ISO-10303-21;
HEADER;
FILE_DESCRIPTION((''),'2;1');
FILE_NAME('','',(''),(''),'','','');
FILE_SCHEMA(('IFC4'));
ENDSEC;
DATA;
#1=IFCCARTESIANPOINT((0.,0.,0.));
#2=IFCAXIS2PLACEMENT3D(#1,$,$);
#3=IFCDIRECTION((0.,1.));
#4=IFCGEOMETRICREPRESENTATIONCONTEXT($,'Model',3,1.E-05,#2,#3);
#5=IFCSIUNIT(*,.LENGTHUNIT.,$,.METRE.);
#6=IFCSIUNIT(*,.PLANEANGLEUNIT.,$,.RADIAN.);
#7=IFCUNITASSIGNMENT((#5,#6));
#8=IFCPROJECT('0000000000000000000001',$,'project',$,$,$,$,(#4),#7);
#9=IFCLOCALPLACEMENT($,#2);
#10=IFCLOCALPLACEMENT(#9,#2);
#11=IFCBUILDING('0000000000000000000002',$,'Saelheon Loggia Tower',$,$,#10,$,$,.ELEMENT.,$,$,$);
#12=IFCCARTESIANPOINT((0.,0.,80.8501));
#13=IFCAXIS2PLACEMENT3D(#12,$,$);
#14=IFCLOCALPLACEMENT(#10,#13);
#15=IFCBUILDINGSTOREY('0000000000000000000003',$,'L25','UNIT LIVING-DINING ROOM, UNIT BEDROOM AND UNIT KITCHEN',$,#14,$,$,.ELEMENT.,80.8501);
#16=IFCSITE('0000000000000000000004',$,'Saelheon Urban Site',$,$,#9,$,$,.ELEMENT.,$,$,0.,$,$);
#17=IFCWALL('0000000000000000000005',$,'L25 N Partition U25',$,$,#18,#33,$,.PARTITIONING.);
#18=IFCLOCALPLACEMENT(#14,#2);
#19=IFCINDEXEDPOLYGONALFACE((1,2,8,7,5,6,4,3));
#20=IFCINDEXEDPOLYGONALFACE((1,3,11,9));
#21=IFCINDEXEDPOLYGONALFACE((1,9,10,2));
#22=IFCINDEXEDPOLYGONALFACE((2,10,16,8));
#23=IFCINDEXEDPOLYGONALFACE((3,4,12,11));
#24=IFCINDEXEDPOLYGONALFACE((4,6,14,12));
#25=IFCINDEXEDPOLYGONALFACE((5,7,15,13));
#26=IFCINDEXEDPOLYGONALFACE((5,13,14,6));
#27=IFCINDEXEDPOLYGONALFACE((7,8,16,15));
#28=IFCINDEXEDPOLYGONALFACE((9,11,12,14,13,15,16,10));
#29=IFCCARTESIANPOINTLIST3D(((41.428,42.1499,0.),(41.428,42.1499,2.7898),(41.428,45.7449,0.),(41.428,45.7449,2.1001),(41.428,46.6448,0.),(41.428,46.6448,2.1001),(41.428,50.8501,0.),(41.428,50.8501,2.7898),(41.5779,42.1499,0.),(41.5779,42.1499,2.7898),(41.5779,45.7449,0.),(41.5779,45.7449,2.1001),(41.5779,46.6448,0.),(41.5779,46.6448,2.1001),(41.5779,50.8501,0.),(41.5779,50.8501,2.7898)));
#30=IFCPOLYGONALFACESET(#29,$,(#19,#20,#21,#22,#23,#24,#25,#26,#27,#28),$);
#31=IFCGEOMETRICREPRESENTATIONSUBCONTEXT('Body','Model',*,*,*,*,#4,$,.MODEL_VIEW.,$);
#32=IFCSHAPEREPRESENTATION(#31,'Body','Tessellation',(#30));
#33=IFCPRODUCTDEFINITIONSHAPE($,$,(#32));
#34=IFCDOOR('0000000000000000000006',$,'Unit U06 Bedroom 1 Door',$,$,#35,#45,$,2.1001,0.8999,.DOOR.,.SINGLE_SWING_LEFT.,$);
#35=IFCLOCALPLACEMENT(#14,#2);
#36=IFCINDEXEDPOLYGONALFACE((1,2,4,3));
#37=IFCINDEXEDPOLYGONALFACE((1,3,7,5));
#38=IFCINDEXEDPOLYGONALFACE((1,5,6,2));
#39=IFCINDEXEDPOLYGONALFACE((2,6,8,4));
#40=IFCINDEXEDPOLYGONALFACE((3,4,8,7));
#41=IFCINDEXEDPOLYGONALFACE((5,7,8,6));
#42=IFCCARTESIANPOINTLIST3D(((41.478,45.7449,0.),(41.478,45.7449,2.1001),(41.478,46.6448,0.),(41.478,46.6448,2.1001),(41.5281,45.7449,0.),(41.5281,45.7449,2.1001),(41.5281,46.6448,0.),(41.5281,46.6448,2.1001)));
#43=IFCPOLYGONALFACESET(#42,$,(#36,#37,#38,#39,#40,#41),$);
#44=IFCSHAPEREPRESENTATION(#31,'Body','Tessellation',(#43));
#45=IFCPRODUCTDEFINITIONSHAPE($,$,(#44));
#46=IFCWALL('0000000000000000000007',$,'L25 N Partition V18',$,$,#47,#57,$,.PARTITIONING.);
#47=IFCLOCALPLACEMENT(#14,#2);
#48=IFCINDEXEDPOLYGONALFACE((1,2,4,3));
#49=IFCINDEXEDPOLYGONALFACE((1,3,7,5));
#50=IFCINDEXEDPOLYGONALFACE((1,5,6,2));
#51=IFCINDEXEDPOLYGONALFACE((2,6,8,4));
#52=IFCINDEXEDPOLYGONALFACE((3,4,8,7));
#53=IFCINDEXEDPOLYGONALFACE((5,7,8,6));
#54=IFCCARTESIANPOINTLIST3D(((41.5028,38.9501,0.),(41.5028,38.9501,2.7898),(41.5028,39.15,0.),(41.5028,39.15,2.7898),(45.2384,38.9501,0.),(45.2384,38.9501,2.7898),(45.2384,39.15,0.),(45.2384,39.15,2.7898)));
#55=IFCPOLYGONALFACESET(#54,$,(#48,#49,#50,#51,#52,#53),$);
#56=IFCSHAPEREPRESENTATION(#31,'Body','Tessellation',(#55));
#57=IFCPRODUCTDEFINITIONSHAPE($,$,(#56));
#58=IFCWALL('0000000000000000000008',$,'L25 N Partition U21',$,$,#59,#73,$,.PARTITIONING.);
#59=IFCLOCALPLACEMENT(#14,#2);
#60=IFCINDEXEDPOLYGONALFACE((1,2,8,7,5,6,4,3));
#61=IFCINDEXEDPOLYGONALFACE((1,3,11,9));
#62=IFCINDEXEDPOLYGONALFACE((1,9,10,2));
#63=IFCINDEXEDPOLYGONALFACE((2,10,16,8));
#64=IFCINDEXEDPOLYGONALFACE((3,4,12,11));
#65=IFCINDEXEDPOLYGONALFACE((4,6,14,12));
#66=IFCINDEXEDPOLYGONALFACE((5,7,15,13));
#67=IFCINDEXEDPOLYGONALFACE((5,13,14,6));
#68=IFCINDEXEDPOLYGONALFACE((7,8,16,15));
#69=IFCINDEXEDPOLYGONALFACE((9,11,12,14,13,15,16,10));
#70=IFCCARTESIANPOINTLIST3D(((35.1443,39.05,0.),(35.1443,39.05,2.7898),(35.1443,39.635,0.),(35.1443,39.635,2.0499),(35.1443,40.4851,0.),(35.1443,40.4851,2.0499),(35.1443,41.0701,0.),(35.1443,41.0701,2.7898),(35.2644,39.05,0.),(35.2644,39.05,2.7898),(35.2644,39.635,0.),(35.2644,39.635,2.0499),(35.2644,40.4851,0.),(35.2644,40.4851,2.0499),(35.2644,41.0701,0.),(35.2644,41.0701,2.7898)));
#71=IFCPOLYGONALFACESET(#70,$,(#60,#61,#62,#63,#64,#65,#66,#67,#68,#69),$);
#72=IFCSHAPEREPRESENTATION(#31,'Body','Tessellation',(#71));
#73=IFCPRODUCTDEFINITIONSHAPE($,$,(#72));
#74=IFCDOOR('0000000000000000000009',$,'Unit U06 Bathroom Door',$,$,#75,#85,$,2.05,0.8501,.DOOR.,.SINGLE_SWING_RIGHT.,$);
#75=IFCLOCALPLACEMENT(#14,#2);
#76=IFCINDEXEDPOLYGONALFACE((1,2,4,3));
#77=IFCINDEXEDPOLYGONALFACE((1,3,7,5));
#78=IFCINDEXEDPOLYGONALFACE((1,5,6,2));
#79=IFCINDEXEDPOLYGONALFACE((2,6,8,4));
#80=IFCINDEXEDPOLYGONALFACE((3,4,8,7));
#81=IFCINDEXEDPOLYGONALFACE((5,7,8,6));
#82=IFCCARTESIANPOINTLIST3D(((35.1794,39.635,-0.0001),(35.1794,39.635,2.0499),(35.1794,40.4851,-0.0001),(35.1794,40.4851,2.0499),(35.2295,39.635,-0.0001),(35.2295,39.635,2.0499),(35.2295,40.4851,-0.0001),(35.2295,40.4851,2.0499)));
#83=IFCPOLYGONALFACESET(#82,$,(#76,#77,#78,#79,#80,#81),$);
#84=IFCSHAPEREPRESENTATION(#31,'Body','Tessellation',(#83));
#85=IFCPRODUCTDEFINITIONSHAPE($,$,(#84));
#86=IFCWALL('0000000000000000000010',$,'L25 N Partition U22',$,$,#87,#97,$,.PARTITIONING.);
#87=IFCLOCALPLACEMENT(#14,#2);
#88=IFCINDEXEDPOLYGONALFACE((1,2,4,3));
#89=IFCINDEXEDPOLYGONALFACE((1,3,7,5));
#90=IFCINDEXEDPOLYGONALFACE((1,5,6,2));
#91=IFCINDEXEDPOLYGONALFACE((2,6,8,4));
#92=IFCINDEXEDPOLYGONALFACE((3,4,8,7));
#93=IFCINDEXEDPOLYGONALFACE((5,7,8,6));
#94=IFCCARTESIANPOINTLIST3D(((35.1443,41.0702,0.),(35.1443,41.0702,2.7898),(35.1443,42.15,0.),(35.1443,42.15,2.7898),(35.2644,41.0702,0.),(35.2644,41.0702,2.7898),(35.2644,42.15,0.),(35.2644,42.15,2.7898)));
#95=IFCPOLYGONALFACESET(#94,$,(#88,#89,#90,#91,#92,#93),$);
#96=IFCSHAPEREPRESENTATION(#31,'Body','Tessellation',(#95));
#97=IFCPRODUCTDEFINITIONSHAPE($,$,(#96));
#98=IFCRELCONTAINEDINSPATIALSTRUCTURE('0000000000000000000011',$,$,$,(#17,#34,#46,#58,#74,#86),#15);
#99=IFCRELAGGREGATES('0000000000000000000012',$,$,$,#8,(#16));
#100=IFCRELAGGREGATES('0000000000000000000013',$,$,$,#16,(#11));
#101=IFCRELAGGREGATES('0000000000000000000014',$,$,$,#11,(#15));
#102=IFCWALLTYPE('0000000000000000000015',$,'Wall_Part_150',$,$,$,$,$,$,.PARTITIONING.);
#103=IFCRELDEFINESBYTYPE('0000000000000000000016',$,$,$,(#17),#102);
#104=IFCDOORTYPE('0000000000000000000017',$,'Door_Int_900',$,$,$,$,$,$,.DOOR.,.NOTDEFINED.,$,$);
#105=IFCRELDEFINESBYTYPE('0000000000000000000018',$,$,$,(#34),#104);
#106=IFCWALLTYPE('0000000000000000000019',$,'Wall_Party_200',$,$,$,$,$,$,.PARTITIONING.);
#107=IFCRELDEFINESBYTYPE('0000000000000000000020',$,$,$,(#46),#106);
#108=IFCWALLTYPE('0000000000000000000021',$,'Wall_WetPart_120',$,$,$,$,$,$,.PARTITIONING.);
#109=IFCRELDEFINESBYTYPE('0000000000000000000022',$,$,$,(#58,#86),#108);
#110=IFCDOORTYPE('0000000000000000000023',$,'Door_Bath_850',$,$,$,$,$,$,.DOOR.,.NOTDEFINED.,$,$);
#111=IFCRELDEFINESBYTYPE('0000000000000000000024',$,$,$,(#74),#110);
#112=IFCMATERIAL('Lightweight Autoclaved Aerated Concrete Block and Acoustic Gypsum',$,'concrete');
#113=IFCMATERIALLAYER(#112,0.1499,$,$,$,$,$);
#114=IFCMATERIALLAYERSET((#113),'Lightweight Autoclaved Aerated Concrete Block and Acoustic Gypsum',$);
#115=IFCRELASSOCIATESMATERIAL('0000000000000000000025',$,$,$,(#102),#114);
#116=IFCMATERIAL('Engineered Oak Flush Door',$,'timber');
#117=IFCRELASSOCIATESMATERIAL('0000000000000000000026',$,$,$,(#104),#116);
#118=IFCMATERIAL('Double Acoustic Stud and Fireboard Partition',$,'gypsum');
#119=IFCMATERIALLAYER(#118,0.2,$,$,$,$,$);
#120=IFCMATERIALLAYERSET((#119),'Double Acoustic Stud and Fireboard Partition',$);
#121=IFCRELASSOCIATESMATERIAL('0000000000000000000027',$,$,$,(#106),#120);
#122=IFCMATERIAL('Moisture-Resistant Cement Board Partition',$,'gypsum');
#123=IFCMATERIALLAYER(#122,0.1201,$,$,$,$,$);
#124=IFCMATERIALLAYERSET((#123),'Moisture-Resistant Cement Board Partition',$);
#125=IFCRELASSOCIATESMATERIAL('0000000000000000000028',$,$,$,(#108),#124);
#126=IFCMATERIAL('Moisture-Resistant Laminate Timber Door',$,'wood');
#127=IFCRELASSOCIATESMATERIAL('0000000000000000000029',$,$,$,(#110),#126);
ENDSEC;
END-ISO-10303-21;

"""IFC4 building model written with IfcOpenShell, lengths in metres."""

from ifc_helpers import new_model, si_unit, direction, frame, frame_2d, origin, place, context, subcontext, project, spatial, rectangle, extrude, source, transform, mapped, material, layer, layer_set, type_object, element, fill, save


model = new_model("IFC4")

# Units and contexts
model_context = context("Model", 3, precision=1e-05, world=origin(), true_north=direction((0.0, 1.0)))
body_context = subcontext(model_context, "Body", "Model", "MODEL_VIEW")
ifc_project = project(units=[si_unit("LENGTHUNIT", "METRE"), si_unit("PLANEANGLEUNIT", "RADIAN")], contexts=[model_context])

# Site, building, storey
site_placement = place(None, origin())
site = spatial("IfcSite", under=ifc_project, at=site_placement, Name="Saelheon Urban Site", CompositionType="ELEMENT", RefElevation=0.0)
building_placement = place(site_placement, origin())
building = spatial("IfcBuilding", under=site, at=building_placement, Name="Saelheon Loggia Tower", CompositionType="ELEMENT")
storey_placement = place(building_placement, frame((0.0, 0.0, 80.8501)))
storey = spatial("IfcBuildingStorey", under=building, at=storey_placement, Name="L25", Description="UNIT LIVING-DINING ROOM, UNIT BEDROOM AND UNIT KITCHEN", CompositionType="ELEMENT", Elevation=80.8501)

# Shared definitions
ifc_material_1 = material(Name="Lightweight Autoclaved Aerated Concrete Block and Acoustic Gypsum", Category="concrete")
ifc_layer_1 = layer(ifc_material_1, 0.1499)
ifc_layer_set_1 = layer_set([ifc_layer_1], Name="Lightweight Autoclaved Aerated Concrete Block and Acoustic Gypsum")
wall_type_1 = type_object("IfcWallType", Name="Wall_Part_150", PredefinedType="PARTITIONING", material=ifc_layer_set_1)

# Wall, opening, door
ifc_material_2 = material(Name="Engineered Oak Flush Door", Category="timber")
door_type_1 = type_object("IfcDoorType", Name="Door_Int_900", OperationType="NOTDEFINED", PredefinedType="DOOR", material=ifc_material_2)
shared_shape_1 = source(origin(), body_context, "Body", "SweptSolid", [
    extrude(rectangle(XDim=0.8999, YDim=2.1001, at=frame_2d((0.45, 1.05))), frame((0.0, 0.0249, 0.0), z_axis=(0.0, -1.0, 0.0), x_axis=(1.0, 0.0, 0.0)), (0.0, 0.0, 1.0), 0.05),
])
wall_1_placement = place(storey_placement, frame((41.5029, 42.1499, 0.0), z_axis=(0.0, 0.0, 1.0), x_axis=(0.0, 1.0, 0.0)))
wall_1 = element("IfcWall", 1, at=wall_1_placement, inside=storey, type_object=wall_type_1, Name="L25 N Partition U25", PredefinedType="PARTITIONING", context=body_context, shape_type="SweptSolid", body=[
    extrude(rectangle(XDim=8.7002, YDim=0.1499, at=frame_2d((4.3501, 0.0))), origin(), (0.0, 0.0, 1.0), 2.7898),
])
opening_1_placement = place(wall_1_placement, frame((3.595, 0.0, 0.0)))
opening_1 = element("IfcOpeningElement", 2, at=opening_1_placement, cuts=wall_1, PredefinedType="OPENING", context=body_context, shape_type="SweptSolid", body=[
    extrude(rectangle(XDim=0.8999, YDim=2.1001, at=frame_2d((0.45, 1.05))), frame((0.0, 0.0869, 0.0), z_axis=(0.0, -1.0, 0.0), x_axis=(1.0, 0.0, 0.0)), (0.0, 0.0, 1.0), 0.1738),
])
door_1_placement = place(opening_1_placement, origin())
door_1 = element("IfcDoor", 3, at=door_1_placement, inside=storey, type_object=door_type_1, Name="Unit U06 Bedroom 1 Door", OperationType="SINGLE_SWING_LEFT", OverallHeight=2.1001, OverallWidth=0.8999, PredefinedType="DOOR", context=body_context, shape_type="MappedRepresentation", body=[
    mapped(shared_shape_1, transform((0.0, 0.0, 0.0), scale=1.0)),
])
fill(opening_1, door_1)
ifc_material_3 = material(Name="Double Acoustic Stud and Fireboard Partition", Category="gypsum")
ifc_layer_2 = layer(ifc_material_3, 0.2)
ifc_layer_set_2 = layer_set([ifc_layer_2], Name="Double Acoustic Stud and Fireboard Partition")
wall_type_2 = type_object("IfcWallType", Name="Wall_Party_200", PredefinedType="PARTITIONING", material=ifc_layer_set_2)

# Wall
wall_2_placement = place(storey_placement, frame((41.5029, 39.05, 0.0), z_axis=(0.0, 0.0, 1.0), x_axis=(1.0, 0.0, 0.0)))
element("IfcWall", 4, at=wall_2_placement, inside=storey, type_object=wall_type_2, Name="L25 N Partition V18", PredefinedType="PARTITIONING", context=body_context, shape_type="SweptSolid", body=[
    extrude(rectangle(XDim=3.7356, YDim=0.2, at=frame_2d((1.8677, 0.0))), origin(), (0.0, 0.0, 1.0), 2.7898),
])

# Wall, opening, door
ifc_material_4 = material(Name="Moisture-Resistant Cement Board Partition", Category="gypsum")
ifc_layer_3 = layer(ifc_material_4, 0.1201)
ifc_layer_set_3 = layer_set([ifc_layer_3], Name="Moisture-Resistant Cement Board Partition")
wall_type_3 = type_object("IfcWallType", Name="Wall_WetPart_120", PredefinedType="PARTITIONING", material=ifc_layer_set_3)
wall_3_placement = place(storey_placement, frame((35.2043, 39.05, 0.0), z_axis=(0.0, 0.0, 1.0), x_axis=(0.0, 1.0, 0.0)))
wall_3 = element("IfcWall", 5, at=wall_3_placement, inside=storey, type_object=wall_type_3, Name="L25 N Partition U21", PredefinedType="PARTITIONING", context=body_context, shape_type="SweptSolid", body=[
    extrude(rectangle(XDim=2.02, YDim=0.1201, at=frame_2d((1.01, 0.0))), origin(), (0.0, 0.0, 1.0), 2.7898),
])
opening_2_placement = place(wall_3_placement, frame((0.585, 0.0, 0.0)))
opening_2 = element("IfcOpeningElement", 6, at=opening_2_placement, cuts=wall_3, PredefinedType="OPENING", context=body_context, shape_type="SweptSolid", body=[
    extrude(rectangle(XDim=0.8501, YDim=2.05, at=frame_2d((0.425, 1.0249))), frame((0.0, 0.072, 0.0), z_axis=(0.0, -1.0, 0.0), x_axis=(1.0, 0.0, 0.0)), (0.0, 0.0, 1.0), 0.144),
])
ifc_material_5 = material(Name="Moisture-Resistant Laminate Timber Door", Category="wood")
door_type_2 = type_object("IfcDoorType", Name="Door_Bath_850", OperationType="NOTDEFINED", PredefinedType="DOOR", material=ifc_material_5)
shared_shape_2 = source(origin(), body_context, "Body", "SweptSolid", [
    extrude(rectangle(XDim=0.8501, YDim=2.05, at=frame_2d((0.425, 1.0249))), frame((0.0, 0.0249, 0.0), z_axis=(0.0, -1.0, 0.0), x_axis=(1.0, 0.0, 0.0)), (0.0, 0.0, 1.0), 0.05),
])
door_2_placement = place(opening_2_placement, origin())
door_2 = element("IfcDoor", 7, at=door_2_placement, inside=storey, type_object=door_type_2, Name="Unit U06 Bathroom Door", OperationType="SINGLE_SWING_RIGHT", OverallHeight=2.05, OverallWidth=0.8501, PredefinedType="DOOR", context=body_context, shape_type="MappedRepresentation", body=[
    mapped(shared_shape_2, transform((0.0, 0.0, 0.0), scale=1.0)),
])
fill(opening_2, door_2)

# Wall
wall_4_placement = place(storey_placement, frame((35.2043, 41.0701, 0.0), z_axis=(0.0, 0.0, 1.0), x_axis=(0.0, 1.0, 0.0)))
element("IfcWall", 8, at=wall_4_placement, inside=storey, type_object=wall_type_3, Name="L25 N Partition U22", PredefinedType="PARTITIONING", context=body_context, shape_type="SweptSolid", body=[
    extrude(rectangle(XDim=1.0798, YDim=0.1201, at=frame_2d((0.54, 0.0))), origin(), (0.0, 0.0, 1.0), 2.7898),
])

save(model, "model.ifc")
